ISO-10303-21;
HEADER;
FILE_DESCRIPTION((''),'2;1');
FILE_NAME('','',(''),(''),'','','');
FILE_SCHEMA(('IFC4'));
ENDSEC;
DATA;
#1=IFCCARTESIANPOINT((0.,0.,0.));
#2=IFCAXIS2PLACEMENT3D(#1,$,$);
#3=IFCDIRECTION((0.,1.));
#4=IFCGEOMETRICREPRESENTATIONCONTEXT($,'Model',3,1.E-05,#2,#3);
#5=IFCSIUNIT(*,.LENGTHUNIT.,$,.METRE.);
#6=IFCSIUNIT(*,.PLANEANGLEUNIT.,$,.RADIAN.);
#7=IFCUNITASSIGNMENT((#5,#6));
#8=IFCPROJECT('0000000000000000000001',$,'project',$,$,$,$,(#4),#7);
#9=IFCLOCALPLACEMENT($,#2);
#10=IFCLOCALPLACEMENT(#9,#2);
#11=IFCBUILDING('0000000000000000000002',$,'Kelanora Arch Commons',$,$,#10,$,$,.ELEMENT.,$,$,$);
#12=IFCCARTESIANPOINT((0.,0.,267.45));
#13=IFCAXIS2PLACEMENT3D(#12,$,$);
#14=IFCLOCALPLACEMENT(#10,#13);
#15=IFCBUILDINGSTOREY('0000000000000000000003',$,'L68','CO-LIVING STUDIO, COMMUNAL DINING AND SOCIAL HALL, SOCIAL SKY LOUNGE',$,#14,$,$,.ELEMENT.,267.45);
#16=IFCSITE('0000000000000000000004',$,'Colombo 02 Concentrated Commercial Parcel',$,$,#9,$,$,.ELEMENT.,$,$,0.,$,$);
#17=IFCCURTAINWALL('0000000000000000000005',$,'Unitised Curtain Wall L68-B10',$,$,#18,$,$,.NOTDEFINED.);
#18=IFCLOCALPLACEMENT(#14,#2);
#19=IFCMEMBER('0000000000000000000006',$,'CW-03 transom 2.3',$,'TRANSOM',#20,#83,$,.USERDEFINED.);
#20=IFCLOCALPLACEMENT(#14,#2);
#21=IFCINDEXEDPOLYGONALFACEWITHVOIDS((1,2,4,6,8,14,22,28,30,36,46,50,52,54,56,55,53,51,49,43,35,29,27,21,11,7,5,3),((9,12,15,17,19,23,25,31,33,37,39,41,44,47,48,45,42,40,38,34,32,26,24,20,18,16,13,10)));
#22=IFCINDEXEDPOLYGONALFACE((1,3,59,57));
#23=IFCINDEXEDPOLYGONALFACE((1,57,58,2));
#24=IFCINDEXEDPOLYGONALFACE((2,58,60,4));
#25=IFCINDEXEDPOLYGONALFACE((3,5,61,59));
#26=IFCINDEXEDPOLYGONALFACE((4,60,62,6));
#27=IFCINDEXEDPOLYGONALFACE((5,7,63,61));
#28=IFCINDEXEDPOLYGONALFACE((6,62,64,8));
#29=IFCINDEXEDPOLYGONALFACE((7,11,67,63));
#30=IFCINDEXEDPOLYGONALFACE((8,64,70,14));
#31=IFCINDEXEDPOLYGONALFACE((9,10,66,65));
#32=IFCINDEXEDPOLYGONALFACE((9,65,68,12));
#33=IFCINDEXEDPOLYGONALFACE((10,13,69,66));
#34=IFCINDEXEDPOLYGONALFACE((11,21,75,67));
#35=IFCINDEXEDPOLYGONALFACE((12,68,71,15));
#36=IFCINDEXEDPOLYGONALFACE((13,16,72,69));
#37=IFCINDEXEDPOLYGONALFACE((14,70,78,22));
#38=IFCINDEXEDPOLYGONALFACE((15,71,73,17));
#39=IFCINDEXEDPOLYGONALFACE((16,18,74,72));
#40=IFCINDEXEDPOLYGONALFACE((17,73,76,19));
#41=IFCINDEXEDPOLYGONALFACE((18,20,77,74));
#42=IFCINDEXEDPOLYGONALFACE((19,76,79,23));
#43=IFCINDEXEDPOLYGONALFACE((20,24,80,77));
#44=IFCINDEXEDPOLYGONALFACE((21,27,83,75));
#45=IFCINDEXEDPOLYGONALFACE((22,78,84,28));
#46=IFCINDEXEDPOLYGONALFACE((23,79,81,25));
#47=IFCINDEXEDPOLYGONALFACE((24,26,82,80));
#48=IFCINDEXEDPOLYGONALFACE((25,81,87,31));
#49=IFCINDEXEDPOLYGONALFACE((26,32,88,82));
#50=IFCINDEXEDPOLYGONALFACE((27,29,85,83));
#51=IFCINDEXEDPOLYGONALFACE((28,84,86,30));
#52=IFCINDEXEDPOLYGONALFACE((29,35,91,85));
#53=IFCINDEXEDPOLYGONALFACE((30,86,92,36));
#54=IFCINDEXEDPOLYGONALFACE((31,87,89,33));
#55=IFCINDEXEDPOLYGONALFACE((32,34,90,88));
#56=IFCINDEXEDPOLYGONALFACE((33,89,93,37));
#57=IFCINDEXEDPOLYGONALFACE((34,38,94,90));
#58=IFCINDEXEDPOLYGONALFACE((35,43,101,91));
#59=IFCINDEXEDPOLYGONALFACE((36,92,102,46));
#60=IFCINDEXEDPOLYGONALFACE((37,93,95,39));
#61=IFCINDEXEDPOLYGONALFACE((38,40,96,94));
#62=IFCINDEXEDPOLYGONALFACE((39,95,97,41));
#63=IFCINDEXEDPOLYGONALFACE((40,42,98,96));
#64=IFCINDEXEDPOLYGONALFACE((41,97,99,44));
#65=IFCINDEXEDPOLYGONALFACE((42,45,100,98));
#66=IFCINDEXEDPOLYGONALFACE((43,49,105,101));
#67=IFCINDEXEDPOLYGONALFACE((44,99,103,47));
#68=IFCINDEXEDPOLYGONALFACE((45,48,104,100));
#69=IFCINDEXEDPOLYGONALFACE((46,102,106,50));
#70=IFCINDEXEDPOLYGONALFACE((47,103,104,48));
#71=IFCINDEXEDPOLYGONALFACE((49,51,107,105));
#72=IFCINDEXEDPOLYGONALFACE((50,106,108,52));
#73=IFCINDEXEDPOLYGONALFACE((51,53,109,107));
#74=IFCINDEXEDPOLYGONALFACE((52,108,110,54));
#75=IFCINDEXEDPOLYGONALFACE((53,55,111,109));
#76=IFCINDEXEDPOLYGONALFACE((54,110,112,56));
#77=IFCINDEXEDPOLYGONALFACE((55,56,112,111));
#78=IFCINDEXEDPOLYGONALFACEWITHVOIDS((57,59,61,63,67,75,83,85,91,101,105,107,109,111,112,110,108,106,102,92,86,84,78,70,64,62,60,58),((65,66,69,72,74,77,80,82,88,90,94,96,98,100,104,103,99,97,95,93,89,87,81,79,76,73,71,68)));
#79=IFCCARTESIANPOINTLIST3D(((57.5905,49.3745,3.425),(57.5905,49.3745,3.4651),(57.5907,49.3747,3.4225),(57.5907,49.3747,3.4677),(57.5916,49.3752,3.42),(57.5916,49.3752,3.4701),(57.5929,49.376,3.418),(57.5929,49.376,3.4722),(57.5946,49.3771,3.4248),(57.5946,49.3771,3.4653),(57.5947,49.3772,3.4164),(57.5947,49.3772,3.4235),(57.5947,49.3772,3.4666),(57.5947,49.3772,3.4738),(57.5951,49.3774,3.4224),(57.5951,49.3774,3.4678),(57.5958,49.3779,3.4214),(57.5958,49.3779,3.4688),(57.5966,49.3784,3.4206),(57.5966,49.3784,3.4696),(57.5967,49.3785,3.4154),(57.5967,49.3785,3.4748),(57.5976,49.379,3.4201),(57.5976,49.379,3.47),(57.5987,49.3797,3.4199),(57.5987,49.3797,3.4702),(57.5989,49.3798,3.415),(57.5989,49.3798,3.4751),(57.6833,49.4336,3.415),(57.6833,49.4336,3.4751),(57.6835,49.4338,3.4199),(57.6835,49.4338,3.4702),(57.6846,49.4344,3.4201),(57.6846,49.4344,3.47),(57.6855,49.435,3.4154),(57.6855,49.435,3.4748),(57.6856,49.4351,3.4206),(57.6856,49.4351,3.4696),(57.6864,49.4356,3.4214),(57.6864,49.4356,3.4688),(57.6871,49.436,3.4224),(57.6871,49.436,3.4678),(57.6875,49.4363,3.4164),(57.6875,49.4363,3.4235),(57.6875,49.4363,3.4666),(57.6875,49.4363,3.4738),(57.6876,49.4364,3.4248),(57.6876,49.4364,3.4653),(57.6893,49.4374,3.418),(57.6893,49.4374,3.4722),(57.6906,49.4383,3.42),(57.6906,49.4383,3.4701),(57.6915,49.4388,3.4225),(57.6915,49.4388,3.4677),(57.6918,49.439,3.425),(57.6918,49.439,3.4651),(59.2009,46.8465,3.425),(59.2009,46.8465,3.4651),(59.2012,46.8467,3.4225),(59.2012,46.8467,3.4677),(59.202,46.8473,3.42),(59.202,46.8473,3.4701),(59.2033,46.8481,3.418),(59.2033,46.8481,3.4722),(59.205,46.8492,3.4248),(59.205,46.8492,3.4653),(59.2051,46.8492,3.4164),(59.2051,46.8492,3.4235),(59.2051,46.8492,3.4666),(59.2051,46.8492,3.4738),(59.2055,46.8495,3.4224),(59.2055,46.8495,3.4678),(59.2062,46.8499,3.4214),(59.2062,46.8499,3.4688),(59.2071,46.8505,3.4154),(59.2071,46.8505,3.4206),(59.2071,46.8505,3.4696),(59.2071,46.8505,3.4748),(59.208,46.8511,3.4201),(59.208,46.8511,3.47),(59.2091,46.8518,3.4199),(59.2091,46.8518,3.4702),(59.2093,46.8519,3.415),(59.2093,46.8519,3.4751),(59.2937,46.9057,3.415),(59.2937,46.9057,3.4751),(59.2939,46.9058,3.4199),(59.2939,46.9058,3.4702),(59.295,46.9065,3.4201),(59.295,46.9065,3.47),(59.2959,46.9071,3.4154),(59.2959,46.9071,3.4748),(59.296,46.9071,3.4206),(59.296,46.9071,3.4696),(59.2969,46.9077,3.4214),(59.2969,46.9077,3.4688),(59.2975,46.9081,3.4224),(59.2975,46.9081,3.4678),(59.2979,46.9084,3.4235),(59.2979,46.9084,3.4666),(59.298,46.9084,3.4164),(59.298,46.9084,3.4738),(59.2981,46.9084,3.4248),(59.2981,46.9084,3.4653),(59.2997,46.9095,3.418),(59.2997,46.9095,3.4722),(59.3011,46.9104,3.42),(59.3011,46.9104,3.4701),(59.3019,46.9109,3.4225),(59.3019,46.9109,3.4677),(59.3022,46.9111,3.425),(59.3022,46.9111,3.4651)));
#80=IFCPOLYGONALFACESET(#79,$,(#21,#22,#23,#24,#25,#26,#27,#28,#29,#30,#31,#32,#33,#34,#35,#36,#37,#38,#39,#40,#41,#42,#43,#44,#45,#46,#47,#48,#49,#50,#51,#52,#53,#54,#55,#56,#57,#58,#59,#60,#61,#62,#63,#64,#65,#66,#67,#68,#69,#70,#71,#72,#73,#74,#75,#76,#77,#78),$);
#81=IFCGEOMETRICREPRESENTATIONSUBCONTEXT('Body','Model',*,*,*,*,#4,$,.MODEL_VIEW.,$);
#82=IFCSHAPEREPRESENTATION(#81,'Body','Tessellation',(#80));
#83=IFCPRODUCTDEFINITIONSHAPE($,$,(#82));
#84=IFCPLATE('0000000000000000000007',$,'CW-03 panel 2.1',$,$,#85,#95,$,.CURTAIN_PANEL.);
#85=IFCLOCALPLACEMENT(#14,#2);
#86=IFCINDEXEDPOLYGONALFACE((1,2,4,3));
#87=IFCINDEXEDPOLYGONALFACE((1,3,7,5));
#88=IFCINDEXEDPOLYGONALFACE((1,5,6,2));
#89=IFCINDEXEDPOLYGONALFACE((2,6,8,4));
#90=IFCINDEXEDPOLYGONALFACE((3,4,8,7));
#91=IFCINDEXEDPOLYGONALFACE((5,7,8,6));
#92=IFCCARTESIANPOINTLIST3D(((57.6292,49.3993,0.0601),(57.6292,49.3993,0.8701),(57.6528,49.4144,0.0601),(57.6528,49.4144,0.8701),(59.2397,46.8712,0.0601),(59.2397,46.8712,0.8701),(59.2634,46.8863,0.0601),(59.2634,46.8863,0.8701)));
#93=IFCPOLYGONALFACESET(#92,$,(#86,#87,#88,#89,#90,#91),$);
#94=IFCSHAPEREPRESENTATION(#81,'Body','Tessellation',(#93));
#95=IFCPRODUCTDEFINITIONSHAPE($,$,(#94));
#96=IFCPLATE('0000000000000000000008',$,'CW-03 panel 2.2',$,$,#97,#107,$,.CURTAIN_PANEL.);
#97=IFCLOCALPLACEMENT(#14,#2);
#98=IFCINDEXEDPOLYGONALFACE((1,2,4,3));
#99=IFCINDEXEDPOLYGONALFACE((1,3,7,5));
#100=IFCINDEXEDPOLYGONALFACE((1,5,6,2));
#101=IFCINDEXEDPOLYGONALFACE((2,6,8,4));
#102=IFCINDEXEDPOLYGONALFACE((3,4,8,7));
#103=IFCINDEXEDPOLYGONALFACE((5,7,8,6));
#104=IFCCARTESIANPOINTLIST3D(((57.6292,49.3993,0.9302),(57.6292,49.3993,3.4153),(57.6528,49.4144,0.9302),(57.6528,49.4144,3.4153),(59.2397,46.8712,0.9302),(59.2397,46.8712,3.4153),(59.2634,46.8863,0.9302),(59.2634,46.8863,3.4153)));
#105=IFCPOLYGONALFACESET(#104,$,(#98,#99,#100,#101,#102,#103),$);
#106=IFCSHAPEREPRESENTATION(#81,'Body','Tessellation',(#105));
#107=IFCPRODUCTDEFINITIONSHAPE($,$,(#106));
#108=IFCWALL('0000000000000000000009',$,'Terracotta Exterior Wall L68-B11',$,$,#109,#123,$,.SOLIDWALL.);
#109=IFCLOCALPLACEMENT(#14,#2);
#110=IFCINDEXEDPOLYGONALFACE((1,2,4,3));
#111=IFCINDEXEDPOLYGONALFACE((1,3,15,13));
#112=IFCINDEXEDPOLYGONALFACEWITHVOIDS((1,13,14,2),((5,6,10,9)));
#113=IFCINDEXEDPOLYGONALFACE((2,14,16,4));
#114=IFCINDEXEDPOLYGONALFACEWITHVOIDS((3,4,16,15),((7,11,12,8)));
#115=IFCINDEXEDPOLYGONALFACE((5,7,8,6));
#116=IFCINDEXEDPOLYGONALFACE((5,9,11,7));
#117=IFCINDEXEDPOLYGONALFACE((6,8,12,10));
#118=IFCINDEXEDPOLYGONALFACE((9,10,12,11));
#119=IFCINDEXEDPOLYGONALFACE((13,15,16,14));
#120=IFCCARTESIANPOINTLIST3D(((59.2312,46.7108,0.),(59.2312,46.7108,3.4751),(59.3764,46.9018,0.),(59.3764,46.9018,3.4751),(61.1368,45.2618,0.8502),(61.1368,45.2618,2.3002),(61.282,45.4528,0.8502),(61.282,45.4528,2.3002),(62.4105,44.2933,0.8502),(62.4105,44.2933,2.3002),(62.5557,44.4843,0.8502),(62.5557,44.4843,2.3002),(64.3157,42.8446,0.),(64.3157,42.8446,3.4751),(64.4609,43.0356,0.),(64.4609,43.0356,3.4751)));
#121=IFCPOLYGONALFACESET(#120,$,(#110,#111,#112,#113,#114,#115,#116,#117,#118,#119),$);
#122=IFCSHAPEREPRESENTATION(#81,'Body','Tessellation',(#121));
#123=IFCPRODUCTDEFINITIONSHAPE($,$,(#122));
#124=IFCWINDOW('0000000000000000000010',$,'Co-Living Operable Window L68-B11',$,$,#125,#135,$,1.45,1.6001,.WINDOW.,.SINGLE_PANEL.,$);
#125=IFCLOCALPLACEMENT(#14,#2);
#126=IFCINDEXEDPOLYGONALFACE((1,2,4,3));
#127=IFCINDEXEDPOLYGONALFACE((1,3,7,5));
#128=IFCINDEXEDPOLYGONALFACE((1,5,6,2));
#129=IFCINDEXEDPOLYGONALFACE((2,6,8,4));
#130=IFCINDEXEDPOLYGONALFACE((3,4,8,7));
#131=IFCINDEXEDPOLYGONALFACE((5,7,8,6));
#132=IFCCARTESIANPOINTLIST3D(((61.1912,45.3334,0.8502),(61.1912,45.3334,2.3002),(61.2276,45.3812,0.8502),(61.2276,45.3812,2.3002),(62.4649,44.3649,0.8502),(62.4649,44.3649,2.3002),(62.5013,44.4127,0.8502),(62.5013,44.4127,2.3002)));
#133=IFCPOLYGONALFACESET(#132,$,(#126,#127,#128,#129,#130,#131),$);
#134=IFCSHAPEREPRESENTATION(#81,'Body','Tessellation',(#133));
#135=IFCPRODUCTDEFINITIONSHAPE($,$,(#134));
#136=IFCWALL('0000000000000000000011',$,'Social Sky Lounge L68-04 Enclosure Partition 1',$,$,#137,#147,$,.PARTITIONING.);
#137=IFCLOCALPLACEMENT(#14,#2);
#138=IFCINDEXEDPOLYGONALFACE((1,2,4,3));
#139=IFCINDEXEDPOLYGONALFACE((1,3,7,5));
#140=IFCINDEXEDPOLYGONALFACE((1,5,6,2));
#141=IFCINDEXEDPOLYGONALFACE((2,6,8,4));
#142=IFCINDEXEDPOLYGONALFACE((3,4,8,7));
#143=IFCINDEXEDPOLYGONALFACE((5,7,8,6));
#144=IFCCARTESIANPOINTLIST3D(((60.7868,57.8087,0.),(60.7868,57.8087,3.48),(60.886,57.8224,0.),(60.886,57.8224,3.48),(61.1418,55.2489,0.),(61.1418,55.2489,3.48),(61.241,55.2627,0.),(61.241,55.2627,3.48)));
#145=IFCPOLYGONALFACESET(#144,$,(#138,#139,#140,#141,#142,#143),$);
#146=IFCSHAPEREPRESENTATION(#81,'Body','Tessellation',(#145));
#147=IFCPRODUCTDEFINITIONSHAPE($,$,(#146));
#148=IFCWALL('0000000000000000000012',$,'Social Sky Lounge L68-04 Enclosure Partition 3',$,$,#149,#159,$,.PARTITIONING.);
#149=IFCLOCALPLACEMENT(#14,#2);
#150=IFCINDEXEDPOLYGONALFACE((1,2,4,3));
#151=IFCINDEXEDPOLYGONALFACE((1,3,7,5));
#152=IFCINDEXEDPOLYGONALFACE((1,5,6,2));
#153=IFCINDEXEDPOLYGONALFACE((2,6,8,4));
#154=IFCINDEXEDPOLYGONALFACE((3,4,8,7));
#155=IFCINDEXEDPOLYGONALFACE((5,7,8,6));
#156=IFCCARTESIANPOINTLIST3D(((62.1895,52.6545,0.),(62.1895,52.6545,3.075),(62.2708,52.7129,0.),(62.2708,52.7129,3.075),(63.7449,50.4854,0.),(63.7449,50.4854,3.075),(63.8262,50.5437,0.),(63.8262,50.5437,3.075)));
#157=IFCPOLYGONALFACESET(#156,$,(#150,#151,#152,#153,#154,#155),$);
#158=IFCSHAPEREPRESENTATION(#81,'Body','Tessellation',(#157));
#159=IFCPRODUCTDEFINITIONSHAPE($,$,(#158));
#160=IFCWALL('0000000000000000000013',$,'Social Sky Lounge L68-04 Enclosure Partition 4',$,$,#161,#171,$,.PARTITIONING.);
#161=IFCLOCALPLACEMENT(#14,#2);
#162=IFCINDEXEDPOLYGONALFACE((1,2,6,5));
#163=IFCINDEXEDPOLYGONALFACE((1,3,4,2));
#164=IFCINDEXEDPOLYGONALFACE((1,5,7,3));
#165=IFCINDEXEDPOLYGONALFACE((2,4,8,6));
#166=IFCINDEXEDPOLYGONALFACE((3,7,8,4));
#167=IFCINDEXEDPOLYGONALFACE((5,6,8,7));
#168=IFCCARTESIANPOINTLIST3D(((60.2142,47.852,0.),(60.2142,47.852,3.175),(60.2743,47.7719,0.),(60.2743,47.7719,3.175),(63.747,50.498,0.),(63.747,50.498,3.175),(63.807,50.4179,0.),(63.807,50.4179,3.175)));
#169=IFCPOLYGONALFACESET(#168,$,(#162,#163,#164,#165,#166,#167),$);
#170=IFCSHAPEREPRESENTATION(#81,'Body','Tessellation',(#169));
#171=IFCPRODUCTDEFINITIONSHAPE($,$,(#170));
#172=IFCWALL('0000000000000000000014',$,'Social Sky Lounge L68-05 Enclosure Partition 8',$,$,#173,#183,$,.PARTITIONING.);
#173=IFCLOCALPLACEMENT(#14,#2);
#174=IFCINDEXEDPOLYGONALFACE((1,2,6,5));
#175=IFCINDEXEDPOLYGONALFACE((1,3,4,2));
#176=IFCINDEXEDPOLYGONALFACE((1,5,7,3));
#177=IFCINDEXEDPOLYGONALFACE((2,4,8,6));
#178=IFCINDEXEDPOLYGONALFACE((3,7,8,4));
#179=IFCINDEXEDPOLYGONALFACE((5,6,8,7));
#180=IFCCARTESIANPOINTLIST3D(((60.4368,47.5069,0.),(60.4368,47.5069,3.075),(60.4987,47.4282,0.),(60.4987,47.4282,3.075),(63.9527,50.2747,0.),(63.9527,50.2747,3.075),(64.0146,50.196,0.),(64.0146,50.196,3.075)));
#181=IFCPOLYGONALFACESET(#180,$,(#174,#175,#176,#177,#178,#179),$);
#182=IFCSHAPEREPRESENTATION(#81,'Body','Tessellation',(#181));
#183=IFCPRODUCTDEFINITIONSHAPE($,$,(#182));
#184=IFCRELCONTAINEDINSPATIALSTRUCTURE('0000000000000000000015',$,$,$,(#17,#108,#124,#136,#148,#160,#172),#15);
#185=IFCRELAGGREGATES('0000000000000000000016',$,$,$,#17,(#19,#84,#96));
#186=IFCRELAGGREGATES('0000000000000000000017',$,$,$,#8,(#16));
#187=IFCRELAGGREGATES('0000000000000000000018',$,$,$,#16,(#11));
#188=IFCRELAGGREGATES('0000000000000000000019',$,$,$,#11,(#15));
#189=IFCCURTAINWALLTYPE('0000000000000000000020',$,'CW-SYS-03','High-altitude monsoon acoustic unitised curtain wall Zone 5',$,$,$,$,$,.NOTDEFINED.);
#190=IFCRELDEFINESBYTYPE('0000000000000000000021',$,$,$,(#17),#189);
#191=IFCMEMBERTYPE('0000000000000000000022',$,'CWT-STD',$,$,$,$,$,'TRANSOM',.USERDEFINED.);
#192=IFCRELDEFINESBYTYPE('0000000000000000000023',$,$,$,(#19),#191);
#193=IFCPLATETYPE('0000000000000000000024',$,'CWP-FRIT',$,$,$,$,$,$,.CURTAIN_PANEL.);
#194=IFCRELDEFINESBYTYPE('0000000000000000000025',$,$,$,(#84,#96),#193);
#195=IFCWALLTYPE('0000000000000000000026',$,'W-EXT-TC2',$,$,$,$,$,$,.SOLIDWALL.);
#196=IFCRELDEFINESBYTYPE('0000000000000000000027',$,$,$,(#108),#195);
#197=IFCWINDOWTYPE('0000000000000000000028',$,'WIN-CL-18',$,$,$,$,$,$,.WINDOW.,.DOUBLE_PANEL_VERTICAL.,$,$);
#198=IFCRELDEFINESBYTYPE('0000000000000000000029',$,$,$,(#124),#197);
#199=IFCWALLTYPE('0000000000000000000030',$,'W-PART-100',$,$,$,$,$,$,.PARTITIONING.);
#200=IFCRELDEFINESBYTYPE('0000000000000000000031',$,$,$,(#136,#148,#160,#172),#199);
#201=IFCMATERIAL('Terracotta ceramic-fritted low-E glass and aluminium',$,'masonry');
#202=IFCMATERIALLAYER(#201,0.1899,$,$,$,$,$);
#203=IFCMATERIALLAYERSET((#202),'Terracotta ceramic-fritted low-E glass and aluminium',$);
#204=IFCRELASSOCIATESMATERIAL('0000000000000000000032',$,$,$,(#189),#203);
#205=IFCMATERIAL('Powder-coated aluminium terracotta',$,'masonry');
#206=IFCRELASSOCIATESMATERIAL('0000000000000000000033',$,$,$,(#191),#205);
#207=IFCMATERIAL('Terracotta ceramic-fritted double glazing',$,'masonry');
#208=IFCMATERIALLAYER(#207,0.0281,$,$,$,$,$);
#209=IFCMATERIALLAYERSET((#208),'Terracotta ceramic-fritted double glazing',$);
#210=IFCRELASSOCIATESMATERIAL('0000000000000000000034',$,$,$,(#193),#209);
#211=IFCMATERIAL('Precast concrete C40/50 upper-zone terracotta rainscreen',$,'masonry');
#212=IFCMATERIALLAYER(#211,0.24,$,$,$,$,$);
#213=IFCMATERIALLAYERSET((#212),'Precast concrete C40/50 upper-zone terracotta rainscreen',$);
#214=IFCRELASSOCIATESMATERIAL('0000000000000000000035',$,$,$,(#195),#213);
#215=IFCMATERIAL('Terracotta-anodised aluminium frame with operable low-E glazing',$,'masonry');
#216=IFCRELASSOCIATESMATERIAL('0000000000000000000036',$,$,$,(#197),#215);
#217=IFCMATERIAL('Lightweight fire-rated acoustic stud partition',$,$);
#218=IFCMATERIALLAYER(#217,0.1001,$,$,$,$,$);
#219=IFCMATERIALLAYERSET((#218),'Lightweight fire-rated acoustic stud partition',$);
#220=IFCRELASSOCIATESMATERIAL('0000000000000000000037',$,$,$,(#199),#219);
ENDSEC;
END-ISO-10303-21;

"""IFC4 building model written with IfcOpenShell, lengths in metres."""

from ifc_helpers import new_model, si_unit, direction, frame, frame_2d, origin, origin_2d, place, context, subcontext, project, spatial, rectangle, hollow_rectangle, extrude, source, transform, mapped, material, layer, layer_set, material_profile, profile_set, type_object, element, fill, aggregate, save


model = new_model("IFC4")

# Units and contexts
model_context = context("Model", 3, precision=1e-05, world=origin(), true_north=direction((0.0, 1.0)))
body_context = subcontext(model_context, "Body", "Model", "MODEL_VIEW")
ifc_project = project(units=[si_unit("LENGTHUNIT", "METRE"), si_unit("PLANEANGLEUNIT", "RADIAN")], contexts=[model_context])

# Site, building, storey
site_placement = place(None, origin())
site = spatial("IfcSite", under=ifc_project, at=site_placement, Name="Colombo 02 Concentrated Commercial Parcel", CompositionType="ELEMENT", RefElevation=0.0)
building_placement = place(site_placement, origin())
building = spatial("IfcBuilding", under=site, at=building_placement, Name="Kelanora Arch Commons", CompositionType="ELEMENT")
storey_placement = place(building_placement, frame((0.0, 0.0, 267.45)))
storey = spatial("IfcBuildingStorey", under=building, at=storey_placement, Name="L68", Description="CO-LIVING STUDIO, COMMUNAL DINING AND SOCIAL HALL, SOCIAL SKY LOUNGE", CompositionType="ELEMENT", Elevation=267.45)

# Curtain wall, member, plates
ifc_material_1 = material(Name="Terracotta ceramic-fritted low-E glass and aluminium", Category="masonry")
ifc_layer_1 = layer(ifc_material_1, 0.1899)
ifc_layer_set_1 = layer_set([ifc_layer_1], Name="Terracotta ceramic-fritted low-E glass and aluminium")
curtain_wall_type = type_object("IfcCurtainWallType", Name="CW-SYS-03", Description="High-altitude monsoon acoustic unitised curtain wall Zone 5", PredefinedType="NOTDEFINED", material=ifc_layer_set_1)
curtain_wall_placement = place(storey_placement, origin())
curtain_wall = element("IfcCurtainWall", 1, at=curtain_wall_placement, inside=storey, type_object=curtain_wall_type, Name="Unitised Curtain Wall L68-B10", PredefinedType="NOTDEFINED")
ifc_material_2 = material(Name="Powder-coated aluminium terracotta", Category="masonry")
ifc_material_profile_1 = material_profile(ifc_material_2, hollow_rectangle(XDim=0.1201, YDim=0.0601, WallThickness=0.0049, InnerFilletRadius=0.0049, OuterFilletRadius=0.01, at=origin_2d()), Name="CWT120x60")
ifc_profile_set_1 = profile_set([ifc_material_profile_1], Name="Powder-coated aluminium terracotta")
member_type_1 = type_object("IfcMemberType", Name="CWT-STD", ElementType="TRANSOM", PredefinedType="USERDEFINED", material=ifc_profile_set_1)
member_1_placement = place(storey_placement, frame((57.6411, 49.4067, 3.4451), z_axis=(0.537287, -0.8434, 0.0), x_axis=(0.8434, 0.537287, 0.0)))
member_1 = element("IfcMember", 2, at=member_1_placement, type_object=member_type_1, Name="CW-03 transom 2.3", ObjectType="TRANSOM", PredefinedType="USERDEFINED", context=body_context, shape_type="SweptSolid", body=[
    extrude(hollow_rectangle(XDim=0.1201, YDim=0.0601, WallThickness=0.0049, InnerFilletRadius=0.0049, OuterFilletRadius=0.01, at=origin_2d()), origin(), (0.0, 0.0, 1.0), 2.9973),
])
ifc_material_3 = material(Name="Terracotta ceramic-fritted double glazing", Category="masonry")
ifc_layer_2 = layer(ifc_material_3, 0.0281)
ifc_layer_set_2 = layer_set([ifc_layer_2], Name="Terracotta ceramic-fritted double glazing")
plate_type = type_object("IfcPlateType", Name="CWP-FRIT", PredefinedType="CURTAIN_PANEL", material=ifc_layer_set_2)
shared_shape_1 = source(origin(), body_context, "Body", "SweptSolid", [
    extrude(rectangle(XDim=2.9976, YDim=0.0281, at=origin_2d()), origin(), (0.0, 0.0, 1.0), 0.8101),
])
plate_1_placement = place(storey_placement, frame((58.4463, 48.1428, 0.0601), z_axis=(0.0, 0.0, 1.0), x_axis=(0.5373, -0.843391, 0.0)))
plate_1 = element("IfcPlate", 3, at=plate_1_placement, type_object=plate_type, Name="CW-03 panel 2.1", PredefinedType="CURTAIN_PANEL", context=body_context, shape_type="MappedRepresentation", body=[
    mapped(shared_shape_1, transform((0.0, 0.0, 0.0), scale=1.0)),
])
shared_shape_2 = source(origin(), body_context, "Body", "SweptSolid", [
    extrude(rectangle(XDim=2.9976, YDim=0.0281, at=origin_2d()), origin(), (0.0, 0.0, 1.0), 2.4851),
])
plate_2_placement = place(storey_placement, frame((58.4463, 48.1428, 0.9302), z_axis=(0.0, 0.0, 1.0), x_axis=(0.5373, -0.843391, 0.0)))
plate_2 = element("IfcPlate", 4, at=plate_2_placement, type_object=plate_type, Name="CW-03 panel 2.2", PredefinedType="CURTAIN_PANEL", context=body_context, shape_type="MappedRepresentation", body=[
    mapped(shared_shape_2, transform((0.0, 0.0, 0.0), scale=1.0)),
])
aggregate(curtain_wall, [member_1, plate_1, plate_2])

# Wall, opening, window
ifc_material_4 = material(Name="Precast concrete C40/50 upper-zone terracotta rainscreen", Category="masonry")
ifc_layer_3 = layer(ifc_material_4, 0.24)
ifc_layer_set_3 = layer_set([ifc_layer_3], Name="Precast concrete C40/50 upper-zone terracotta rainscreen")
wall_type_1 = type_object("IfcWallType", Name="W-EXT-TC2", PredefinedType="SOLIDWALL", material=ifc_layer_set_3)
wall_1_placement = place(storey_placement, frame((59.3037, 46.8064, 0.0), z_axis=(0.0, 0.0, 1.0), x_axis=(0.79601, -0.605283, 0.0)))
wall_1 = element("IfcWall", 5, at=wall_1_placement, inside=storey, type_object=wall_type_1, Name="Terracotta Exterior Wall L68-B11", PredefinedType="SOLIDWALL", context=body_context, shape_type="SweptSolid", body=[
    extrude(rectangle(XDim=6.3875, YDim=0.24, at=frame_2d((3.1938, 0.0))), origin(), (0.0, 0.0, 1.0), 3.4751),
])
opening_1_placement = place(wall_1_placement, frame((2.394, 0.0, 0.8501)))
opening_1 = element("IfcOpeningElement", 6, at=opening_1_placement, cuts=wall_1, PredefinedType="OPENING", context=body_context, shape_type="SweptSolid", body=[
    extrude(rectangle(XDim=1.6001, YDim=1.45, at=frame_2d((0.8, 0.7251))), frame((0.0, 0.1299, 0.0), z_axis=(0.0, -1.0, 0.0), x_axis=(1.0, 0.0, 0.0)), (0.0, 0.0, 1.0), 0.26),
])
ifc_material_5 = material(Name="Terracotta-anodised aluminium frame with operable low-E glazing", Category="masonry")
window_type = type_object("IfcWindowType", Name="WIN-CL-18", PartitioningType="DOUBLE_PANEL_VERTICAL", PredefinedType="WINDOW", material=ifc_material_5)
window_placement = place(opening_1_placement, origin())
window = element("IfcWindow", 7, at=window_placement, inside=storey, type_object=window_type, Name="Co-Living Operable Window L68-B11", OverallHeight=1.45, OverallWidth=1.6001, PartitioningType="SINGLE_PANEL", PredefinedType="WINDOW", context=body_context, shape_type="SweptSolid", body=[
    extrude(rectangle(XDim=1.6001, YDim=1.45, at=frame_2d((0.8, 0.7251))), frame((0.0, 0.03, 0.0), z_axis=(0.0, -1.0, 0.0), x_axis=(1.0, 0.0, 0.0)), (0.0, 0.0, 1.0), 0.0601),
])
fill(opening_1, window)

# Walls
ifc_material_6 = material(Name="Lightweight fire-rated acoustic stud partition")
ifc_layer_4 = layer(ifc_material_6, 0.1001)
ifc_layer_set_4 = layer_set([ifc_layer_4], Name="Lightweight fire-rated acoustic stud partition")
wall_type_2 = type_object("IfcWallType", Name="W-PART-100", PredefinedType="PARTITIONING", material=ifc_layer_set_4)
wall_2_placement = place(storey_placement, frame((60.8364, 57.8154, 0.0), z_axis=(0.0, 0.0, 1.0), x_axis=(0.13736, -0.990521, 0.0)))
element("IfcWall", 8, at=wall_2_placement, inside=storey, type_object=wall_type_2, Name="Social Sky Lounge L68-04 Enclosure Partition 1", PredefinedType="PARTITIONING", context=body_context, shape_type="SweptSolid", body=[
    extrude(rectangle(XDim=2.5842, YDim=0.1001, at=frame_2d((1.292, 0.0))), origin(), (0.0, 0.0, 1.0), 3.48),
])
wall_3_placement = place(storey_placement, frame((62.2302, 52.6836, 0.0), z_axis=(0.0, 0.0, 1.0), x_axis=(0.582725, -0.812669, 0.0)))
element("IfcWall", 9, at=wall_3_placement, inside=storey, type_object=wall_type_2, Name="Social Sky Lounge L68-04 Enclosure Partition 3", PredefinedType="PARTITIONING", context=body_context, shape_type="SweptSolid", body=[
    extrude(rectangle(XDim=2.6692, YDim=0.1001, at=frame_2d((1.3345, 0.0))), origin(), (0.0, 0.0, 1.0), 3.075),
])
wall_4_placement = place(storey_placement, frame((63.7771, 50.458, 0.0), z_axis=(0.0, 0.0, 1.0), x_axis=(-0.800385, -0.599487, 0.0)))
element("IfcWall", 10, at=wall_4_placement, inside=storey, type_object=wall_type_2, Name="Social Sky Lounge L68-04 Enclosure Partition 4", PredefinedType="PARTITIONING", context=body_context, shape_type="SweptSolid", body=[
    extrude(rectangle(XDim=4.4138, YDim=0.1001, at=frame_2d((2.207, 0.0))), origin(), (0.0, 0.0, 1.0), 3.175),
])
wall_5_placement = place(storey_placement, frame((60.4678, 47.4675, 0.0), z_axis=(0.0, 0.0, 1.0), x_axis=(0.785737, 0.618561, 0.0)))
element("IfcWall", 11, at=wall_5_placement, inside=storey, type_object=wall_type_2, Name="Social Sky Lounge L68-05 Enclosure Partition 8", PredefinedType="PARTITIONING", context=body_context, shape_type="SweptSolid", body=[
    extrude(rectangle(XDim=4.4746, YDim=0.1001, at=frame_2d((2.2373, 0.0))), origin(), (0.0, 0.0, 1.0), 3.075),
])

save(model, "model.ifc")
